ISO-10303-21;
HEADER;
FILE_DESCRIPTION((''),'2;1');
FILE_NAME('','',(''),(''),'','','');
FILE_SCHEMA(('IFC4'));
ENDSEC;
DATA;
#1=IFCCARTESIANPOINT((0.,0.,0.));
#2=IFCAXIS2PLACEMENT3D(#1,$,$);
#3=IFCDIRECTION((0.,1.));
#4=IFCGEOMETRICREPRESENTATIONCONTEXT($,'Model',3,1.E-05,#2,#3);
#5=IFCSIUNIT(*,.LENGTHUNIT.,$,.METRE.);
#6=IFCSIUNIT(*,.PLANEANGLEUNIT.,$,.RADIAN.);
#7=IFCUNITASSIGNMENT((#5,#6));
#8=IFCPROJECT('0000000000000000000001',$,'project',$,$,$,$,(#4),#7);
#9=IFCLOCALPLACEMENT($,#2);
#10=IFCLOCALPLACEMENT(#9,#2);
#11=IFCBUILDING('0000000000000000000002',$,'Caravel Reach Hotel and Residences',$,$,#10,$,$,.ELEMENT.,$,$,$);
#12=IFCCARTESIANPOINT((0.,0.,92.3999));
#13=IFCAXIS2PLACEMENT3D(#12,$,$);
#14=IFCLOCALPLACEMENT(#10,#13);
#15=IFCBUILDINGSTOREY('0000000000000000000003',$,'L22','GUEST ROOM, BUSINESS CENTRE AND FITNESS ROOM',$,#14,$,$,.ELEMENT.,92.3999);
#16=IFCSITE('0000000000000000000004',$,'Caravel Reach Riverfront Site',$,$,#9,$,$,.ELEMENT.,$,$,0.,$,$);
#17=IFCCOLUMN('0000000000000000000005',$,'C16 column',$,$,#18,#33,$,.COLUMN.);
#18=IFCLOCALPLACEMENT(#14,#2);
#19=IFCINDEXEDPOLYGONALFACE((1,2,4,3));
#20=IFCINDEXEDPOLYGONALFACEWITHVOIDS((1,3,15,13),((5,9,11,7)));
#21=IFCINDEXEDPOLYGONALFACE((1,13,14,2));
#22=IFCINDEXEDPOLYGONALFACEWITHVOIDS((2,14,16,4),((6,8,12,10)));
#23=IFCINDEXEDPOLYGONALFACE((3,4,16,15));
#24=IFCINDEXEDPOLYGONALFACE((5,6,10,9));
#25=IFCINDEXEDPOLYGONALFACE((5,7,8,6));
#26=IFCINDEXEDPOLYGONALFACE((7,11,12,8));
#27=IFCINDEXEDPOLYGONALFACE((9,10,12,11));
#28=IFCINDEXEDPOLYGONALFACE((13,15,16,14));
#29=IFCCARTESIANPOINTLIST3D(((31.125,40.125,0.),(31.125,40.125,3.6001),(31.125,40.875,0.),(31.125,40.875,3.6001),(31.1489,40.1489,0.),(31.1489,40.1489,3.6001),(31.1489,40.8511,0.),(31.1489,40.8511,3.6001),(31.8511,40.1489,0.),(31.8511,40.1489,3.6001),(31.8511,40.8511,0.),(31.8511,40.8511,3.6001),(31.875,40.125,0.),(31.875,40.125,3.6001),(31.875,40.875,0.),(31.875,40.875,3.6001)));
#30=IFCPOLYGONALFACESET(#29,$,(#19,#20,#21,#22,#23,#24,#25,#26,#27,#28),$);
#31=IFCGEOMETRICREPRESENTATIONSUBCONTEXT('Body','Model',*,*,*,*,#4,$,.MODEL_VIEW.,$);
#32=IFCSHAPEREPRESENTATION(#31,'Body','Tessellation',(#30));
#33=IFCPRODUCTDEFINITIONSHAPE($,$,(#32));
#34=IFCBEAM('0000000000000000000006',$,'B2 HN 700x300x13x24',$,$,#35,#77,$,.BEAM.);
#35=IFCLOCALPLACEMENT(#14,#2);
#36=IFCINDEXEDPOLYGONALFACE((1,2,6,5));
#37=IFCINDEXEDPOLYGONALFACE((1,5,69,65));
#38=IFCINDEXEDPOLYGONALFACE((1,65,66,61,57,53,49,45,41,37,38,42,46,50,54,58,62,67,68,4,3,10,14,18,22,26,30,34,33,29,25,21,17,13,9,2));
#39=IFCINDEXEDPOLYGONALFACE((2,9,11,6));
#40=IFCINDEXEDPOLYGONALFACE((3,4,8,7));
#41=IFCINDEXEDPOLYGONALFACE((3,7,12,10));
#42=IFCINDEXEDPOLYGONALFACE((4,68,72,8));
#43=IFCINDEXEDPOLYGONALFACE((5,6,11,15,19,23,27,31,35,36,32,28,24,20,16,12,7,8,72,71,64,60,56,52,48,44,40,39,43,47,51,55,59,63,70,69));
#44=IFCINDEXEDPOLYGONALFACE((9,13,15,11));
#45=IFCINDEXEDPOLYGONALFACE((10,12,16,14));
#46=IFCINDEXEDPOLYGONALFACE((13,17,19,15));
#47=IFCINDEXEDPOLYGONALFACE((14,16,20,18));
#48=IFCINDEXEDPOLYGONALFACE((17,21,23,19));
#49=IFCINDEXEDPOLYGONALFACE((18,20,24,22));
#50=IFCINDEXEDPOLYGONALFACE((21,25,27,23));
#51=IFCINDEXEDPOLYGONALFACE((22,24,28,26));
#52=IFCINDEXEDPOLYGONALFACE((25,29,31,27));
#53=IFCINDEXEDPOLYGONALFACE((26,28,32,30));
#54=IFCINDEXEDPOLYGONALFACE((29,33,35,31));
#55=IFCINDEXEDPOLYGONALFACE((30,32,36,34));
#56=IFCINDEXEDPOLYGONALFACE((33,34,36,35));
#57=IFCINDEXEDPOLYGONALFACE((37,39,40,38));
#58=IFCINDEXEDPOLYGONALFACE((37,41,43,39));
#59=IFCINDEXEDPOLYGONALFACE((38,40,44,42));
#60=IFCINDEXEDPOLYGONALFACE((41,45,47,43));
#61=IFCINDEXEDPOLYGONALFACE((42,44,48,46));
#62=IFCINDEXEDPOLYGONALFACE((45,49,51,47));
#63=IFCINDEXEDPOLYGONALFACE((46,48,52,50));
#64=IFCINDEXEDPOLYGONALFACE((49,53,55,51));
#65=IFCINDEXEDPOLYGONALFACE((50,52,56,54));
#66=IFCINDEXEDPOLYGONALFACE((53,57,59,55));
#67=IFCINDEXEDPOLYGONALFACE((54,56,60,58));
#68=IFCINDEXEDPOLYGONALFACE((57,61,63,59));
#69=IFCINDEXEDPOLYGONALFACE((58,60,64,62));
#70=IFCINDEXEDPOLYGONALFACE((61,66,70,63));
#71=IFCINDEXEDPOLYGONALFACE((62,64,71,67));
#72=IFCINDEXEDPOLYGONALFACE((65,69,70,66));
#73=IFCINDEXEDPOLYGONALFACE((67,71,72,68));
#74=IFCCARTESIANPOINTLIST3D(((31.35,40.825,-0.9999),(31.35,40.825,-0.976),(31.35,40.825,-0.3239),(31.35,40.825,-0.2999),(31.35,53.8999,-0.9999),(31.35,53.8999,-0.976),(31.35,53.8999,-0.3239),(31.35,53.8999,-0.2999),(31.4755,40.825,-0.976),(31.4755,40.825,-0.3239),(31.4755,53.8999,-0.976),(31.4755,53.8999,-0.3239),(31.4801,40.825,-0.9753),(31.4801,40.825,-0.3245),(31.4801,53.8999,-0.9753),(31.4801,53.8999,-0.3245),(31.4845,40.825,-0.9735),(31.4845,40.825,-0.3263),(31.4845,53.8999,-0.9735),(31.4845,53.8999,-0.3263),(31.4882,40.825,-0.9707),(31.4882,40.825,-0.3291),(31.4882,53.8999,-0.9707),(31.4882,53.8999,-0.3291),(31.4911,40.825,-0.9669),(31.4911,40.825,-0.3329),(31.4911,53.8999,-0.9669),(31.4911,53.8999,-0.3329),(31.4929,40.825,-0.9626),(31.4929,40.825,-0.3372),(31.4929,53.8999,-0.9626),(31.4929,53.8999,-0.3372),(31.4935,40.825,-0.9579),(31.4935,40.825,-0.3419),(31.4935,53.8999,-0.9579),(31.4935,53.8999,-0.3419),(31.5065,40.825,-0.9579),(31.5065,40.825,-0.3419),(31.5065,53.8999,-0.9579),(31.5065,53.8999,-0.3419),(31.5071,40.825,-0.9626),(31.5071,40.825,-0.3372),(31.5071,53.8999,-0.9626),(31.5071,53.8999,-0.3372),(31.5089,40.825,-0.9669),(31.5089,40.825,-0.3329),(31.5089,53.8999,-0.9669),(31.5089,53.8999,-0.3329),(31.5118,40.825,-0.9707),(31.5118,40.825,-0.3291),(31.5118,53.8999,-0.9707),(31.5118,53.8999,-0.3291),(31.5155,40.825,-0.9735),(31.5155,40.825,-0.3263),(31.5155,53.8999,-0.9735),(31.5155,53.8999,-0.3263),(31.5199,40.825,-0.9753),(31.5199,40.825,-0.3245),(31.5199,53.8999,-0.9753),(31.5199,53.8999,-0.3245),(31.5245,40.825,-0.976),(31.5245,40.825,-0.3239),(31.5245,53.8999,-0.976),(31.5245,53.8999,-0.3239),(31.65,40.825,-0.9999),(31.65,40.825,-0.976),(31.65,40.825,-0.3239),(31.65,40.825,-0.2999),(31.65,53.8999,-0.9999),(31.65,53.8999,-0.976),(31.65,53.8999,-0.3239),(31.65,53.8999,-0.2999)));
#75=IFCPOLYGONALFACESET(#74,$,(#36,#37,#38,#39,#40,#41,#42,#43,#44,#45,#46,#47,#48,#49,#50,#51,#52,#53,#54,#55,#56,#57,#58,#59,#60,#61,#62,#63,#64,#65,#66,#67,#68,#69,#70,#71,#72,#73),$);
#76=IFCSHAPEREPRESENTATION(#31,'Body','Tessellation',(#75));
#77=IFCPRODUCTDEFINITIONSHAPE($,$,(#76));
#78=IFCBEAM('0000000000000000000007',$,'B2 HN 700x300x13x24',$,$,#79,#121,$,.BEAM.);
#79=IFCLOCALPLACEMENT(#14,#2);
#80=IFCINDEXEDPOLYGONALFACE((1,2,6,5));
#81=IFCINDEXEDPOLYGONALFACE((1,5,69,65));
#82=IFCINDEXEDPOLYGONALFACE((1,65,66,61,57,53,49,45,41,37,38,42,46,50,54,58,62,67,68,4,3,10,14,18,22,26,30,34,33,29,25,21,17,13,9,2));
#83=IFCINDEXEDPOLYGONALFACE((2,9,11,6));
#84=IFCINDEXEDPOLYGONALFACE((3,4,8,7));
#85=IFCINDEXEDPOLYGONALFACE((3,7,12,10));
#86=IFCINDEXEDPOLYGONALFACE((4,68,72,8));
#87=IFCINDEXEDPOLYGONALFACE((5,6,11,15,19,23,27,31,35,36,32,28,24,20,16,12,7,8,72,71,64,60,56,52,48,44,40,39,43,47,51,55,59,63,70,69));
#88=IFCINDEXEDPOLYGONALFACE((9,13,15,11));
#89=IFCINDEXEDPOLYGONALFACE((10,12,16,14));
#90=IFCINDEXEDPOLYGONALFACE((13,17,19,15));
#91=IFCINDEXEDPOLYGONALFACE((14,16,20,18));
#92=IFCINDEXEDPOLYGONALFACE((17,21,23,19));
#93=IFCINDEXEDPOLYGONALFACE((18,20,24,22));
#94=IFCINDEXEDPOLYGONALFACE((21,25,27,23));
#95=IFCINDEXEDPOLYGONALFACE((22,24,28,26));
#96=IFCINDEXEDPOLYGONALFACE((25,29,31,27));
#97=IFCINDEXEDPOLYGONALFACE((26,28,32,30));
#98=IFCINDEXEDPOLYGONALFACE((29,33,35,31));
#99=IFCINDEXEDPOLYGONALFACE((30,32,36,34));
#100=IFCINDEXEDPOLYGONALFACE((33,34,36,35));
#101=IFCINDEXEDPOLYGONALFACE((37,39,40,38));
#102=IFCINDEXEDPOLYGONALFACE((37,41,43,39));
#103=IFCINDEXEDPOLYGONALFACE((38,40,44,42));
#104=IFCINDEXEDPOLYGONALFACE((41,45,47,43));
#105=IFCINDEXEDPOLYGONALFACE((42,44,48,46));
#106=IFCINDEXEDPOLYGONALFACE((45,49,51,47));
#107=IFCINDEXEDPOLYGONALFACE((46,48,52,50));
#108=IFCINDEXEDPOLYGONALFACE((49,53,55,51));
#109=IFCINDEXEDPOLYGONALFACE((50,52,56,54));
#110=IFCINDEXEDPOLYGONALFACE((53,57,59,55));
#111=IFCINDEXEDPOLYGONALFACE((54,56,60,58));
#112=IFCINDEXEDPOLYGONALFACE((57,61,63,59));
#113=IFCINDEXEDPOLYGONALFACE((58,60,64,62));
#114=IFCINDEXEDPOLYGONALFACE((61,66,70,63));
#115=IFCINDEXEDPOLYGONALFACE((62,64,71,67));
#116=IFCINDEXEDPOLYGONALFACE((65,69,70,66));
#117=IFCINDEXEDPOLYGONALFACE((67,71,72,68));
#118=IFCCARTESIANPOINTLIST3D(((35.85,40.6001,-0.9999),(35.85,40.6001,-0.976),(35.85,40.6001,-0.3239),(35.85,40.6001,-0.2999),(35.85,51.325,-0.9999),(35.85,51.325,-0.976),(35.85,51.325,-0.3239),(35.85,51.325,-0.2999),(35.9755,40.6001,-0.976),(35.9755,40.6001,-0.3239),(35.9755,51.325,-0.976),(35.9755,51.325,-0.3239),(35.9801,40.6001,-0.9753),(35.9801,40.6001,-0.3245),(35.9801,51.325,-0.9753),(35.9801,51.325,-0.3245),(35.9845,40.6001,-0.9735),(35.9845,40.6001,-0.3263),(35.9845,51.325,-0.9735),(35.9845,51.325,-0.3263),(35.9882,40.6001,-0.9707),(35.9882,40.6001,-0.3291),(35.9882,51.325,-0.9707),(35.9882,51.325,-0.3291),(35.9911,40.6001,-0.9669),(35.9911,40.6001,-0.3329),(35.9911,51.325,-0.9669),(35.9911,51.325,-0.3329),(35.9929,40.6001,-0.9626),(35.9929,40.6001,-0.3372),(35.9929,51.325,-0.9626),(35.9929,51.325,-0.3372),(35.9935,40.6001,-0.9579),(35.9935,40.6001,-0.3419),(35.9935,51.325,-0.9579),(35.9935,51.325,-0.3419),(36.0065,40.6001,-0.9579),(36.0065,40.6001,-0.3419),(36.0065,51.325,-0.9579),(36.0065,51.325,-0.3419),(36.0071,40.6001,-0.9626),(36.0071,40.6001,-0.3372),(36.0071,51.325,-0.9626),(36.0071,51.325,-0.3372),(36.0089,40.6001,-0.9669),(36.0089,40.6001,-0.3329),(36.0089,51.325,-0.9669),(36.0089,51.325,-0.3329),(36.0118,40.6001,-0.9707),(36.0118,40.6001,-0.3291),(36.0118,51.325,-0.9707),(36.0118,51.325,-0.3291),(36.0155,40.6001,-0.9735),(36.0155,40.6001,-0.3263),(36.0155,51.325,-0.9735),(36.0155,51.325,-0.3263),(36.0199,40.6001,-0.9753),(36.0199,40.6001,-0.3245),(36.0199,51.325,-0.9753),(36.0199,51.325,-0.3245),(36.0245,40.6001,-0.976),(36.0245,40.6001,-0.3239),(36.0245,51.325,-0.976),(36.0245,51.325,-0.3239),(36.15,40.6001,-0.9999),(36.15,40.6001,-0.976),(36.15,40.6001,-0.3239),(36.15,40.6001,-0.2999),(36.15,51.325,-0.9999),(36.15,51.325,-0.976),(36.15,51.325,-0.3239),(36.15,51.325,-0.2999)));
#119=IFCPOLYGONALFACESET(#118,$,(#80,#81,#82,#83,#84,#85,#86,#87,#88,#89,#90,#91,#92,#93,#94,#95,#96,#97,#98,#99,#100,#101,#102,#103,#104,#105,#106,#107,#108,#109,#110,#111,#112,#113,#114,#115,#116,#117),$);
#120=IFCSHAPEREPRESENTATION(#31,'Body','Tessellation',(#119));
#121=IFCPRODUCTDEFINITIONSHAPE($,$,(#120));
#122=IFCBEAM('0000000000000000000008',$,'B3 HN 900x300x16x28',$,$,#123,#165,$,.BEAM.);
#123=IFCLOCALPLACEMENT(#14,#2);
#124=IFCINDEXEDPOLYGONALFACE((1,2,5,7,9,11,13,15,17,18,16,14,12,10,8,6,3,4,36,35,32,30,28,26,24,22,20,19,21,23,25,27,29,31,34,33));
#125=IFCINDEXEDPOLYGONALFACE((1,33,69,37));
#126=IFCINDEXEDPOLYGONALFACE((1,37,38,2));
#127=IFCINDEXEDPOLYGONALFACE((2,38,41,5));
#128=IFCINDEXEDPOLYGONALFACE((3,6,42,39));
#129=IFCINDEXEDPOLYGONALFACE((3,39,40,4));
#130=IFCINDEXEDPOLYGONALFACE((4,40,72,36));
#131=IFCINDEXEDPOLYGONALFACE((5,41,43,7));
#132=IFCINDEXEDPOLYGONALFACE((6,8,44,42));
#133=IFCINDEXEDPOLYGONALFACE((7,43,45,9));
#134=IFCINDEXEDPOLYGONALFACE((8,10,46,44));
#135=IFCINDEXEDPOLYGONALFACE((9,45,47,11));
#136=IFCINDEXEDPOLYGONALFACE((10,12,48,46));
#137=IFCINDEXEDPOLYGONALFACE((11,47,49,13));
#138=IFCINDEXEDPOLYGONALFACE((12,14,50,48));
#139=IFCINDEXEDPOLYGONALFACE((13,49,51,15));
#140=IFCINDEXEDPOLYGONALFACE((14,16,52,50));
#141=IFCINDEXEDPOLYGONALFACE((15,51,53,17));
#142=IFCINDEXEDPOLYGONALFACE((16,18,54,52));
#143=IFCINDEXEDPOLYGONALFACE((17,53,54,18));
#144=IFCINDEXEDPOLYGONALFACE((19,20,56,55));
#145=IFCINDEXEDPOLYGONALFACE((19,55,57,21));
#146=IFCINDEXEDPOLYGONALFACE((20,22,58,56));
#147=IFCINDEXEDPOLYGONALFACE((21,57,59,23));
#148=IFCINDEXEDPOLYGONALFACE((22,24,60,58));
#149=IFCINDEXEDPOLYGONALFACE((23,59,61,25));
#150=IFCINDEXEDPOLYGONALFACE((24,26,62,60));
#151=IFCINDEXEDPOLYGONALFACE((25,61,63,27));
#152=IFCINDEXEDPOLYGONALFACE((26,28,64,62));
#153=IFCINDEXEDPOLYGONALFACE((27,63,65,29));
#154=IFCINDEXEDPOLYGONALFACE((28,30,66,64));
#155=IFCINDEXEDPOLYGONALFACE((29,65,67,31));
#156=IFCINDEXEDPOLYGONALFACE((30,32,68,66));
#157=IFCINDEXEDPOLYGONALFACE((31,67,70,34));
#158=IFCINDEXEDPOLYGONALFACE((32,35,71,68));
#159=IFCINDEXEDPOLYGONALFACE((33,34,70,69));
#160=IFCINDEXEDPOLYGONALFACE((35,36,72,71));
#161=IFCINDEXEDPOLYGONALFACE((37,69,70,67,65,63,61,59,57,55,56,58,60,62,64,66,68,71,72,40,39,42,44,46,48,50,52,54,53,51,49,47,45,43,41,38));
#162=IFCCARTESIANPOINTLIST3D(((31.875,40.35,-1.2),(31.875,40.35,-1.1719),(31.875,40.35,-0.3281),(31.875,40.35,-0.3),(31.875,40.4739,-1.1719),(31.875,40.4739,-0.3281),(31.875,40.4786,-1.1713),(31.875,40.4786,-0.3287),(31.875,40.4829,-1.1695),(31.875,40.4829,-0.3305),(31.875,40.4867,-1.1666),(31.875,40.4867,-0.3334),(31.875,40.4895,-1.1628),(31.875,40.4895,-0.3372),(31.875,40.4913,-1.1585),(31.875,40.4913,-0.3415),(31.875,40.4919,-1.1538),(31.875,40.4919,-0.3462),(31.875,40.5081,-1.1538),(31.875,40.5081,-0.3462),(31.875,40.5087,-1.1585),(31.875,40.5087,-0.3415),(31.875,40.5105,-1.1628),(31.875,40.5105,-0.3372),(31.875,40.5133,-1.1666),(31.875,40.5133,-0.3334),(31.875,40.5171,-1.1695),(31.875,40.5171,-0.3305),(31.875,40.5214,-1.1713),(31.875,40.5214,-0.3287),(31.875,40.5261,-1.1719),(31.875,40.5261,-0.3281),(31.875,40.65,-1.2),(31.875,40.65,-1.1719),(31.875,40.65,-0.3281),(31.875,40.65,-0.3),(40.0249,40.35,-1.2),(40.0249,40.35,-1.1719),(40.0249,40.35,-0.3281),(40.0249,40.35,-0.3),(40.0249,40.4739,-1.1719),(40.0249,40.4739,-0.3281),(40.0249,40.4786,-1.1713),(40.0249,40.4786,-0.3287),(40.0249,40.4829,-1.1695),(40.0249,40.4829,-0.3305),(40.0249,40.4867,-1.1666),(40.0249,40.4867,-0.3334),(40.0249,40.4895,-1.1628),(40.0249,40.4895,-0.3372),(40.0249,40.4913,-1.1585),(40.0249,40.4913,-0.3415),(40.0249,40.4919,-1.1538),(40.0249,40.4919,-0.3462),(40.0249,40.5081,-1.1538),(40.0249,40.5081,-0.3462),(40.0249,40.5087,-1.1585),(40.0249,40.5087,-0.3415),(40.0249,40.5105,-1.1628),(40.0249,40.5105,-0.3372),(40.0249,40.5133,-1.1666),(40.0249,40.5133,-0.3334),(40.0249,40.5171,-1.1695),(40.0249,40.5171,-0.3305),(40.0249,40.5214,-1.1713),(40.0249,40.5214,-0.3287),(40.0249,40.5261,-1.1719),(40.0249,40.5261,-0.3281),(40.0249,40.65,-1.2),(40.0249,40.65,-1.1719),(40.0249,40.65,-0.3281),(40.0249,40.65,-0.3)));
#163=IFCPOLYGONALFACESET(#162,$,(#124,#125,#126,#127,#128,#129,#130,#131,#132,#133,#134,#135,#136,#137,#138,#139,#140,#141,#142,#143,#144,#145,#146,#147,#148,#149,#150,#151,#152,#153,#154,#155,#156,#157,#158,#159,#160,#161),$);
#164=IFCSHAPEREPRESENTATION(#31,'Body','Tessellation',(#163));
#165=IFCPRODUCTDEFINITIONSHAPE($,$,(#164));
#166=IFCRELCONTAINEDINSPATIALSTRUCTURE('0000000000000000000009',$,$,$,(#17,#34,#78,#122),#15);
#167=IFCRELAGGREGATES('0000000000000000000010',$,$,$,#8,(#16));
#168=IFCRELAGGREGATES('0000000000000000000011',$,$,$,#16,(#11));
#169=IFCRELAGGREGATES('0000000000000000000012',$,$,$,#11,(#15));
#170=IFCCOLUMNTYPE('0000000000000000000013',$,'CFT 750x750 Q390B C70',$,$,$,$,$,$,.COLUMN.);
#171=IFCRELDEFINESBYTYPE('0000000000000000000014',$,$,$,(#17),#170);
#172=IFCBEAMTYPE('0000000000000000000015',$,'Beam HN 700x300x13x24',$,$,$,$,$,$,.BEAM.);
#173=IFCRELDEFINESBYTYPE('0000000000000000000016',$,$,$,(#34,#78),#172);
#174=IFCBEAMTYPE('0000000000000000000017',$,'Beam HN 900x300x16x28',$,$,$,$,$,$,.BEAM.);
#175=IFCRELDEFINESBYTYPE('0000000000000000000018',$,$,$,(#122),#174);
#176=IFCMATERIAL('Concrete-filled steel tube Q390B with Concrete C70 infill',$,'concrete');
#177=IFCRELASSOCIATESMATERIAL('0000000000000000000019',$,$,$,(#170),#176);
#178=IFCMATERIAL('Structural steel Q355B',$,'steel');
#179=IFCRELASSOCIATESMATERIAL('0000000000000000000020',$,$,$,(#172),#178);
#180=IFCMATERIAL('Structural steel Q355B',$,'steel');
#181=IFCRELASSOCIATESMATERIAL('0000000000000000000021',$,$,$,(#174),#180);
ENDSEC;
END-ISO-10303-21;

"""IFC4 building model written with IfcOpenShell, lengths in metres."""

from ifc_helpers import new_model, si_unit, direction, frame, origin, origin_2d, place, context, subcontext, project, spatial, hollow_rectangle, i_section, extrude, material, material_profile, profile_set, type_object, element, save


model = new_model("IFC4")

# Units and contexts
model_context = context("Model", 3, precision=1e-05, world=origin(), true_north=direction((0.0, 1.0)))
body_context = subcontext(model_context, "Body", "Model", "MODEL_VIEW")
ifc_project = project(units=[si_unit("LENGTHUNIT", "METRE"), si_unit("PLANEANGLEUNIT", "RADIAN")], contexts=[model_context])

# Site, building, storey
site_placement = place(None, origin())
site = spatial("IfcSite", under=ifc_project, at=site_placement, Name="Caravel Reach Riverfront Site", CompositionType="ELEMENT", RefElevation=0.0)
building_placement = place(site_placement, origin())
building = spatial("IfcBuilding", under=site, at=building_placement, Name="Caravel Reach Hotel and Residences", CompositionType="ELEMENT")
storey_placement = place(building_placement, frame((0.0, 0.0, 92.3999)))
storey = spatial("IfcBuildingStorey", under=building, at=storey_placement, Name="L22", Description="GUEST ROOM, BUSINESS CENTRE AND FITNESS ROOM", CompositionType="ELEMENT", Elevation=92.3999)

# Column
ifc_material_1 = material(Name="Concrete-filled steel tube Q390B with Concrete C70 infill", Category="concrete")
ifc_material_profile_1 = material_profile(ifc_material_1, hollow_rectangle(XDim=0.75, YDim=0.75, WallThickness=0.0239, at=origin_2d()), Name="RHS 750x750x24")
ifc_profile_set_1 = profile_set([ifc_material_profile_1], Name="Concrete-filled steel tube Q390B with Concrete C70 infill")
column_type = type_object("IfcColumnType", Name="CFT 750x750 Q390B C70", PredefinedType="COLUMN", material=ifc_profile_set_1)
column_placement = place(storey_placement, frame((31.5, 40.5, 0.0), z_axis=(0.0, 0.0, 1.0), x_axis=(1.0, 0.0, 0.0)))
element("IfcColumn", 1, at=column_placement, inside=storey, type_object=column_type, Name="C16 column", PredefinedType="COLUMN", context=body_context, shape_type="SweptSolid", body=[
    extrude(hollow_rectangle(XDim=0.75, YDim=0.75, WallThickness=0.0239, at=origin_2d()), origin(), (0.0, 0.0, 1.0), 3.6001),
])

# Beams
ifc_material_2 = material(Name="Structural steel Q355B", Category="steel")
ifc_material_profile_2 = material_profile(ifc_material_2, i_section(OverallWidth=0.3, OverallDepth=0.7, WebThickness=0.0129, FlangeThickness=0.0239, FilletRadius=0.0181, at=origin_2d()), Name="HN 700x300x13x24")
ifc_profile_set_2 = profile_set([ifc_material_profile_2], Name="Structural steel Q355B")
beam_type_1 = type_object("IfcBeamType", Name="Beam HN 700x300x13x24", PredefinedType="BEAM", material=ifc_profile_set_2)
beam_1_placement = place(storey_placement, frame((31.5, 40.825, -0.6499), z_axis=(0.0, 1.0, 0.0), x_axis=(-1.0, 0.0, 0.0)))
element("IfcBeam", 2, at=beam_1_placement, inside=storey, type_object=beam_type_1, Name="B2 HN 700x300x13x24", PredefinedType="BEAM", context=body_context, shape_type="SweptSolid", body=[
    extrude(i_section(OverallWidth=0.3, OverallDepth=0.7, WebThickness=0.0129, FlangeThickness=0.0239, FilletRadius=0.0181, at=origin_2d()), origin(), (0.0, 0.0, 1.0), 13.075),
])
beam_2_placement = place(storey_placement, frame((36.0, 40.6001, -0.6499), z_axis=(0.0, 1.0, 0.0), x_axis=(-1.0, 0.0, 0.0)))
element("IfcBeam", 3, at=beam_2_placement, inside=storey, type_object=beam_type_1, Name="B2 HN 700x300x13x24", PredefinedType="BEAM", context=body_context, shape_type="SweptSolid", body=[
    extrude(i_section(OverallWidth=0.3, OverallDepth=0.7, WebThickness=0.0129, FlangeThickness=0.0239, FilletRadius=0.0181, at=origin_2d()), origin(), (0.0, 0.0, 1.0), 10.7249),
])
ifc_material_3 = material(Name="Structural steel Q355B", Category="steel")
ifc_material_profile_3 = material_profile(ifc_material_3, i_section(OverallWidth=0.3, OverallDepth=0.8999, WebThickness=0.0161, FlangeThickness=0.0281, FilletRadius=0.0181, at=origin_2d()), Name="HN 900x300x16x28")
ifc_profile_set_3 = profile_set([ifc_material_profile_3], Name="Structural steel Q355B")
beam_type_2 = type_object("IfcBeamType", Name="Beam HN 900x300x16x28", PredefinedType="BEAM", material=ifc_profile_set_3)
beam_3_placement = place(storey_placement, frame((31.875, 40.5, -0.75), z_axis=(1.0, 0.0, 0.0), x_axis=(0.0, 1.0, 0.0)))
element("IfcBeam", 4, at=beam_3_placement, inside=storey, type_object=beam_type_2, Name="B3 HN 900x300x16x28", PredefinedType="BEAM", context=body_context, shape_type="SweptSolid", body=[
    extrude(i_section(OverallWidth=0.3, OverallDepth=0.8999, WebThickness=0.0161, FlangeThickness=0.0281, FilletRadius=0.0181, at=origin_2d()), origin(), (0.0, 0.0, 1.0), 8.1499),
])

save(model, "model.ifc")
